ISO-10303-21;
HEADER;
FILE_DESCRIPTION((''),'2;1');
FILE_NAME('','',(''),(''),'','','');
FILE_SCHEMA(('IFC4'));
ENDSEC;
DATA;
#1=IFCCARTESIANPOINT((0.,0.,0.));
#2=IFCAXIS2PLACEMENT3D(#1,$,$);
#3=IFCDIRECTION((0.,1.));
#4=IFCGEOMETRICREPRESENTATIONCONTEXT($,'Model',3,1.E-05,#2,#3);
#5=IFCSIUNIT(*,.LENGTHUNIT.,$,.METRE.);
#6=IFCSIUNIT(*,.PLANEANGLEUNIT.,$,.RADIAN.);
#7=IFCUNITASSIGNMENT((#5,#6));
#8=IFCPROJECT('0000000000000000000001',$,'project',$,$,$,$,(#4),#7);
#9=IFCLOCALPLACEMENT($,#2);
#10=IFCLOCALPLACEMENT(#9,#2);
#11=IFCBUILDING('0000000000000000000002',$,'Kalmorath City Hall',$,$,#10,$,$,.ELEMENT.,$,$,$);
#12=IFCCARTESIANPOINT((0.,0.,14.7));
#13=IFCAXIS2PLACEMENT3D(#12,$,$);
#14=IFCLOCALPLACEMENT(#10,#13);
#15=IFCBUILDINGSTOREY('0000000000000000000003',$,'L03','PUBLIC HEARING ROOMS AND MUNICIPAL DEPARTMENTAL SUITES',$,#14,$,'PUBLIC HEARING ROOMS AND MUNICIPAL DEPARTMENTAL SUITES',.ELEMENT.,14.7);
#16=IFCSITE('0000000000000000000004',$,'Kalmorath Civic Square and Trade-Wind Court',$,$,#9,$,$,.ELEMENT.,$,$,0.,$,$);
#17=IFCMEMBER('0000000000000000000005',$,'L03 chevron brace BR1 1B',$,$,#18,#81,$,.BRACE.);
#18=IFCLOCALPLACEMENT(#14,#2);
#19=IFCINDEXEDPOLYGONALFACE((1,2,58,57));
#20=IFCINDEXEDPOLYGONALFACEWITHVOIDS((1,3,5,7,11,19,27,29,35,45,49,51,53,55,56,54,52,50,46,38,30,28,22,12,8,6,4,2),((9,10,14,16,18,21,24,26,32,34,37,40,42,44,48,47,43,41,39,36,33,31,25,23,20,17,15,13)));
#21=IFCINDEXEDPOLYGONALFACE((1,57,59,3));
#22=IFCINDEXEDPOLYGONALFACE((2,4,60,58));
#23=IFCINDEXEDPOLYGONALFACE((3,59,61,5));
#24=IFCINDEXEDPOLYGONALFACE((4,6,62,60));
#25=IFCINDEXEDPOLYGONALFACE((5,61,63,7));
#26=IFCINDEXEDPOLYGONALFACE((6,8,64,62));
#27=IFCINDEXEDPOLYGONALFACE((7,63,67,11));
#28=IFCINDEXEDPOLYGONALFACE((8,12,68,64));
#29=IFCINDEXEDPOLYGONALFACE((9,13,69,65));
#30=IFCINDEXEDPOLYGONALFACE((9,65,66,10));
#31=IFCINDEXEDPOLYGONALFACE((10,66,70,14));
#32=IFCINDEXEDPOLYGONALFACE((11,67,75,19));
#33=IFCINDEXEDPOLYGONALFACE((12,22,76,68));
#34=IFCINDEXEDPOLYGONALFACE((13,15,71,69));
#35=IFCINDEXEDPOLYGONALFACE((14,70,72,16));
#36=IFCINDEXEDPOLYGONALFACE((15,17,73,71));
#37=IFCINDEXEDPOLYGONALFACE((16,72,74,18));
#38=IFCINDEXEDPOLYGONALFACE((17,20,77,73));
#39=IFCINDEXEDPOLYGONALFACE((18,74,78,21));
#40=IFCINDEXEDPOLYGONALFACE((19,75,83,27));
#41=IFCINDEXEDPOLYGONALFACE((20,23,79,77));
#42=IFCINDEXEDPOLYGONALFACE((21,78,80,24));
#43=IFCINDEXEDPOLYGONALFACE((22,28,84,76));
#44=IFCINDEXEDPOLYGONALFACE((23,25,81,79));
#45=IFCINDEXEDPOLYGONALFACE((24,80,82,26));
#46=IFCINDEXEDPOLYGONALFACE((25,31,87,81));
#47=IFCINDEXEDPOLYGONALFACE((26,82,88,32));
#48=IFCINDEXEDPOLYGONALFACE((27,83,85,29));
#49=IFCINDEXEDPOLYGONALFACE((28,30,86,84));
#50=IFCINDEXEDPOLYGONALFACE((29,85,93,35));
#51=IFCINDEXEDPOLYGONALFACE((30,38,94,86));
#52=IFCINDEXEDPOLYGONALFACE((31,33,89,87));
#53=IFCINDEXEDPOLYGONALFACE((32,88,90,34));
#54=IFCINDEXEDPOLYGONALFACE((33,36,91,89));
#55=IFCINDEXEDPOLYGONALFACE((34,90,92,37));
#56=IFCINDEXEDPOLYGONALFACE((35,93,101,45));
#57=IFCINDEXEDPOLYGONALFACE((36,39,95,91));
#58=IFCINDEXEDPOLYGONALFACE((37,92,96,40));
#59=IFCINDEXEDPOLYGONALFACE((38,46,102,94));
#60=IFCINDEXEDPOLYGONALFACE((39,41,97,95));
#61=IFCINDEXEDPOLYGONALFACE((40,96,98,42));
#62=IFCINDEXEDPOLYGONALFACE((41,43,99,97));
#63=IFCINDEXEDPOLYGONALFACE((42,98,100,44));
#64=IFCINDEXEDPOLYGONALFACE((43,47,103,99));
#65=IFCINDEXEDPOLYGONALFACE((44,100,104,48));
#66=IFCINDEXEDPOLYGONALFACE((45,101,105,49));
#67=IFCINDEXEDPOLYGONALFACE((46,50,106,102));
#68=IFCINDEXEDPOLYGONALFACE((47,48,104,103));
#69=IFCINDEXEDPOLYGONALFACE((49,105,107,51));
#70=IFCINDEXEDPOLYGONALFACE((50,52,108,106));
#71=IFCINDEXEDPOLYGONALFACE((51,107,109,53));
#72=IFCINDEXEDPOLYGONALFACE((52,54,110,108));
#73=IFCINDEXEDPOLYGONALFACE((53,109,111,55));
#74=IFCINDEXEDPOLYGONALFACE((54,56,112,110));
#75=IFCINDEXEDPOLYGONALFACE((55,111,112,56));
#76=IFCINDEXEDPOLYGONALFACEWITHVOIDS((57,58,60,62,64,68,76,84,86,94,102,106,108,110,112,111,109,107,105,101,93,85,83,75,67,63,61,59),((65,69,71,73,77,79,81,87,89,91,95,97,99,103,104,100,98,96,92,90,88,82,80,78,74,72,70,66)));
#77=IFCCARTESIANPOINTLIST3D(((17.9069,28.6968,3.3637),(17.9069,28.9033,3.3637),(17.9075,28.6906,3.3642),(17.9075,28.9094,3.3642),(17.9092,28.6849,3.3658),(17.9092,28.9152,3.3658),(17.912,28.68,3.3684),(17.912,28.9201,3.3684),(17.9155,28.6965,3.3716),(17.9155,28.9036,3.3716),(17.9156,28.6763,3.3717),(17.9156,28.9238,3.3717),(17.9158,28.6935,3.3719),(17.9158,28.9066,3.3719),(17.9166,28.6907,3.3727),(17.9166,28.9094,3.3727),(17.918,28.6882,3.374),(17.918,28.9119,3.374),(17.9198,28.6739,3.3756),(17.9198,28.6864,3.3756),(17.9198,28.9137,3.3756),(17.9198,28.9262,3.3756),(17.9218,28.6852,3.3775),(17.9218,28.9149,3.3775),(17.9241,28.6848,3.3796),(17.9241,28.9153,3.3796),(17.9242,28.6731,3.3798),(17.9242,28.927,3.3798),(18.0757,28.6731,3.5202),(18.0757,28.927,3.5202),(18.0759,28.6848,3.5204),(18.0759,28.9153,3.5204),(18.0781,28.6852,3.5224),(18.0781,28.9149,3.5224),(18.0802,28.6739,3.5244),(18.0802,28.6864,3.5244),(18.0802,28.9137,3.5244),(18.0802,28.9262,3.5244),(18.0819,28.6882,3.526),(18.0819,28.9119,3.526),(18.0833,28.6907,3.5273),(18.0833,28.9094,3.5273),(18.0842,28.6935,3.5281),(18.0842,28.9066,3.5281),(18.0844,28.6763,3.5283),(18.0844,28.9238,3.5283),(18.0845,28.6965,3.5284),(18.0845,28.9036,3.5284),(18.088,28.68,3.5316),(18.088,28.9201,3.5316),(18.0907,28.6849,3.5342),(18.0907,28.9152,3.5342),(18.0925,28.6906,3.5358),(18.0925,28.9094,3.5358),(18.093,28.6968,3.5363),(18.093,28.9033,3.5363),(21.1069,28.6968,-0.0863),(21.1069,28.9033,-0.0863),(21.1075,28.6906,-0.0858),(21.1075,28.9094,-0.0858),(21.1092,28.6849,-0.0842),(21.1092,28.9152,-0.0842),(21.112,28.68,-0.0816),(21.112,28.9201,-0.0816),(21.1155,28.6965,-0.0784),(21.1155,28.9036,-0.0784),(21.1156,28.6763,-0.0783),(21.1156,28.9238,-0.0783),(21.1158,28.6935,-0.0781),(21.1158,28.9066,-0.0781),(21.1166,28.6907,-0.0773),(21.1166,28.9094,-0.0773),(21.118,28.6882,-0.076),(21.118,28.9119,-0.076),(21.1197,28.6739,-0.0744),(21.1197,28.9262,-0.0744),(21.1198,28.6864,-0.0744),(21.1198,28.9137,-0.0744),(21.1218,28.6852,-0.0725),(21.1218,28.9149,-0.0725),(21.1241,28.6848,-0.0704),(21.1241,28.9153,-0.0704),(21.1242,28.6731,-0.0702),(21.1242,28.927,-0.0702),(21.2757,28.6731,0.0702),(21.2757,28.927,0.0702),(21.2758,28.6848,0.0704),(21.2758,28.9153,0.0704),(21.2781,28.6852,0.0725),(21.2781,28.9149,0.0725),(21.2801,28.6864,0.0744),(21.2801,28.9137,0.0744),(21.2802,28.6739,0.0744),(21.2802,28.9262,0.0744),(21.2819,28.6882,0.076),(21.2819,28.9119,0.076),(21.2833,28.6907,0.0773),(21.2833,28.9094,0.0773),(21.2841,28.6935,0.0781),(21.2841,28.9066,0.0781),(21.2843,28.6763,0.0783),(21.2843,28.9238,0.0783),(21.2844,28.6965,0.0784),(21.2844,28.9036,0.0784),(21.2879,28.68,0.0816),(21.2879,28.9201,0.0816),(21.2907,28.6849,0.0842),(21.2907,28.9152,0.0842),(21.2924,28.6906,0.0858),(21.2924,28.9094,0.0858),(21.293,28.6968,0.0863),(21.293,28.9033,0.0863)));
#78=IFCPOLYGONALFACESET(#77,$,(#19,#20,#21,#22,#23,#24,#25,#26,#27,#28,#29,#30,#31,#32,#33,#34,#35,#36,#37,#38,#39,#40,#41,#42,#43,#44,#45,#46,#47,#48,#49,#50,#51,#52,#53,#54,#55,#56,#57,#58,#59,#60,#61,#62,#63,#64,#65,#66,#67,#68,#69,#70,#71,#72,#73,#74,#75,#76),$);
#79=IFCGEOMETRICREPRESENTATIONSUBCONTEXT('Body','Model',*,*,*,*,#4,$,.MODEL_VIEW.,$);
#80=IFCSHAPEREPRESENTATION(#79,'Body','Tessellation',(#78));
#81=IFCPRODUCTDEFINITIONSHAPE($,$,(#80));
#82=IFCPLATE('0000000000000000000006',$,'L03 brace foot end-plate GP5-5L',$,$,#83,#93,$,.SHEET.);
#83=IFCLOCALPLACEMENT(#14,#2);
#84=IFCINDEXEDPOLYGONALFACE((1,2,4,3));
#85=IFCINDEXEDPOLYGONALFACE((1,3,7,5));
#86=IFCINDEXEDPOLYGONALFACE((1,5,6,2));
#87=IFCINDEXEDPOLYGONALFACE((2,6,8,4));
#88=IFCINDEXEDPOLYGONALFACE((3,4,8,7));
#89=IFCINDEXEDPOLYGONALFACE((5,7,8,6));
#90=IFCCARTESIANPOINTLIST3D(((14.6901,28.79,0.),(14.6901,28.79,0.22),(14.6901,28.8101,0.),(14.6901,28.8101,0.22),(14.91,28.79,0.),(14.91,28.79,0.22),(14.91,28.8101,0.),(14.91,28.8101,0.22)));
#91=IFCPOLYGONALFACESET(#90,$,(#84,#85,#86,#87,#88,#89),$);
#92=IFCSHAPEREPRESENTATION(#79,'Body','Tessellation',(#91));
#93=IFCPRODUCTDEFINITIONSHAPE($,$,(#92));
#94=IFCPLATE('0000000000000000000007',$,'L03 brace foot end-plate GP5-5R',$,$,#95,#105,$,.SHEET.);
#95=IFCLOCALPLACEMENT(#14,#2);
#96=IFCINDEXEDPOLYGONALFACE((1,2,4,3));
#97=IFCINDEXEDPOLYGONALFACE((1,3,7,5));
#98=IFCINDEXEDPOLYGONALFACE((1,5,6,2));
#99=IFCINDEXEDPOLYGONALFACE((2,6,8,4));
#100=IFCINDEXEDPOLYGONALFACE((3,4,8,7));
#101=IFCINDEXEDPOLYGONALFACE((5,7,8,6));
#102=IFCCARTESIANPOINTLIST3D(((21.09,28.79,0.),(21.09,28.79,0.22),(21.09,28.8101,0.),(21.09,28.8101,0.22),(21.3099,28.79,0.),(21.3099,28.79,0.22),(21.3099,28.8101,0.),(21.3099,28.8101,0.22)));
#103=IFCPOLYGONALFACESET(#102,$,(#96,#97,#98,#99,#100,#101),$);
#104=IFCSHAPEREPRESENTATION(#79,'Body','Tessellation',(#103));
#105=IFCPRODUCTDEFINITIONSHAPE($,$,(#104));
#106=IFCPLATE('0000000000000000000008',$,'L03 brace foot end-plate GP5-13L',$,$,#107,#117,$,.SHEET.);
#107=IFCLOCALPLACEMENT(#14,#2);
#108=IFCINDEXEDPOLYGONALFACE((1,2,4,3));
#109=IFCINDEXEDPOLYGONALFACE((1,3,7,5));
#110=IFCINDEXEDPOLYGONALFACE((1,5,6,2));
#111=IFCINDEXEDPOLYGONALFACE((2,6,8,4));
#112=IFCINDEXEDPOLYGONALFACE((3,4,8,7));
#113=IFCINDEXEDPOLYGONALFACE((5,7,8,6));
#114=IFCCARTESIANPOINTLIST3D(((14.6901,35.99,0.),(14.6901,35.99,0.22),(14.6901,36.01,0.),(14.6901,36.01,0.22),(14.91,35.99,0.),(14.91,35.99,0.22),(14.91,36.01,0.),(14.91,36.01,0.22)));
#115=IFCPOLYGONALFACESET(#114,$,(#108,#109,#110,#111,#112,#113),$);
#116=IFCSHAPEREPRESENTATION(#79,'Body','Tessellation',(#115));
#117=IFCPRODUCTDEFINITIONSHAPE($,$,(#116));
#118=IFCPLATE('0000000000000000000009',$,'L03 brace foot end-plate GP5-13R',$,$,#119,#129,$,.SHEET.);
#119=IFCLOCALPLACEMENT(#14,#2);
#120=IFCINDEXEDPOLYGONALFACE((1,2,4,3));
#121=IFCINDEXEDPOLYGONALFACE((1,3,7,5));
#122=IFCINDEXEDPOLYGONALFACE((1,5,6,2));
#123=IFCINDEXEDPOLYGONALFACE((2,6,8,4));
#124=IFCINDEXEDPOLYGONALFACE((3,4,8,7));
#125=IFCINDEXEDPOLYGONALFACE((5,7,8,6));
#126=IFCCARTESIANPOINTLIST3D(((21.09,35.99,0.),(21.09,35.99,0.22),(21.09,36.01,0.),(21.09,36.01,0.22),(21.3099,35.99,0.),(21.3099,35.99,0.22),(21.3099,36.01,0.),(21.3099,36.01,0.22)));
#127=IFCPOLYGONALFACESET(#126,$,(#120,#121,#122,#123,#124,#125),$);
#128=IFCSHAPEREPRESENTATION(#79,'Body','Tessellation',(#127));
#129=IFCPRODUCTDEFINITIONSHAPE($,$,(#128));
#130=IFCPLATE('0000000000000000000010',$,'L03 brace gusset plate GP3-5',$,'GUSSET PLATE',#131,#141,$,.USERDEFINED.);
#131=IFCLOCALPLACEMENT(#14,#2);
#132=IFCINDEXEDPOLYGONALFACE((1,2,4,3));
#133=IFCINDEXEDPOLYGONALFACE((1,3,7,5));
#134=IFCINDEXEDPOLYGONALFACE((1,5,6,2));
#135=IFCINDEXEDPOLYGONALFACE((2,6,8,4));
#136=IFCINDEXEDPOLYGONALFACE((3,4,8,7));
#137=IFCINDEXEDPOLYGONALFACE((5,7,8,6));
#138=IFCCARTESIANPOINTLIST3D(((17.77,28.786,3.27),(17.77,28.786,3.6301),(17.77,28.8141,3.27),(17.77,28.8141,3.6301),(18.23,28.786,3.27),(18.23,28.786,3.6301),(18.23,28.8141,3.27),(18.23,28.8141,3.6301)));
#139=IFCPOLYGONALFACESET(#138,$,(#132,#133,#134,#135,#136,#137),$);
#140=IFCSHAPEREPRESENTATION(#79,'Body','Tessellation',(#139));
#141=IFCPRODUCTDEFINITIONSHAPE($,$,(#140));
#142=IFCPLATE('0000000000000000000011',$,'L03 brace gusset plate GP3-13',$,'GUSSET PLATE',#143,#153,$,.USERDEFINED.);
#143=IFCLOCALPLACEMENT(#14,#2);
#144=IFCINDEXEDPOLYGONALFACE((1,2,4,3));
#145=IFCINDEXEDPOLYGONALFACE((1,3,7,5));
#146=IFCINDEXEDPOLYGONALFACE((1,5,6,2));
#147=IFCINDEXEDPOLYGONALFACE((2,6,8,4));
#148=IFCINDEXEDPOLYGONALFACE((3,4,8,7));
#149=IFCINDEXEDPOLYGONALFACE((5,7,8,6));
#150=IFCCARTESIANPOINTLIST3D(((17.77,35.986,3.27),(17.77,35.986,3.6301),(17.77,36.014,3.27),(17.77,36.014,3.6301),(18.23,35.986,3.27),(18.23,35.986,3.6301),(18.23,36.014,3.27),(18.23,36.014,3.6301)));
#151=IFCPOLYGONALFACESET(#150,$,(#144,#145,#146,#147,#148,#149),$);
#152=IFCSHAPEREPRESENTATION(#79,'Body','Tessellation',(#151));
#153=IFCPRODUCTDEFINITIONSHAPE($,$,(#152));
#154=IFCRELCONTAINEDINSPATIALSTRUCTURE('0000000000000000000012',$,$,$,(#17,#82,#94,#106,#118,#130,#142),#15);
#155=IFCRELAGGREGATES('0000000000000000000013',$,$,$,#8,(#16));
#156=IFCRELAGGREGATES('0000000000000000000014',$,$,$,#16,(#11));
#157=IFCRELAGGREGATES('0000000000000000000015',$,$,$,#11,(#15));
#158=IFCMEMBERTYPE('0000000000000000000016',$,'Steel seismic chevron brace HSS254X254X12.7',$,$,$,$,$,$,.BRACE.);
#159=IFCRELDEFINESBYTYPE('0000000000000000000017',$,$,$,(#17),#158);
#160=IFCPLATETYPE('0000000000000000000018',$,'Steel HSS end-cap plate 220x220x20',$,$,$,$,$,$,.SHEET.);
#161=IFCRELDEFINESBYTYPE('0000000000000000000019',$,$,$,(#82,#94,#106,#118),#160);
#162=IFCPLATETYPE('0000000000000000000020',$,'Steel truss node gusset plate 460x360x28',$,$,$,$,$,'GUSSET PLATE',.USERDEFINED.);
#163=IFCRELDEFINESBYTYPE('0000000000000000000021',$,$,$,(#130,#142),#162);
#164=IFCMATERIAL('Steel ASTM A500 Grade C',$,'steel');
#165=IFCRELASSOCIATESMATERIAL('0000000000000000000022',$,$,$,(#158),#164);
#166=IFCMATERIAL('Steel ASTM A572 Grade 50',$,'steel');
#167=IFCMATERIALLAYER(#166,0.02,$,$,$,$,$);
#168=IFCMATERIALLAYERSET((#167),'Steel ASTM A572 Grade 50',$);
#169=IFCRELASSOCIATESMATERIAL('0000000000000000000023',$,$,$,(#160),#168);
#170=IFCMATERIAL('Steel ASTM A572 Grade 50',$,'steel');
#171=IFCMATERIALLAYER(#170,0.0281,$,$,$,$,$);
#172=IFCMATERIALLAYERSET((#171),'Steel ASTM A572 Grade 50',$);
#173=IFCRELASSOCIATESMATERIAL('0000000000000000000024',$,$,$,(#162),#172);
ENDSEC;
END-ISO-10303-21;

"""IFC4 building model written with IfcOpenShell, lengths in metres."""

from ifc_helpers import new_model, si_unit, direction, frame, origin, origin_2d, place, context, subcontext, project, spatial, rectangle, hollow_rectangle, extrude, material, layer, layer_set, material_profile, profile_set, type_object, element, save


model = new_model("IFC4")

# Units and contexts
model_context = context("Model", 3, precision=1e-05, world=origin(), true_north=direction((0.0, 1.0)))
body_context = subcontext(model_context, "Body", "Model", "MODEL_VIEW")
ifc_project = project(units=[si_unit("LENGTHUNIT", "METRE"), si_unit("PLANEANGLEUNIT", "RADIAN")], contexts=[model_context])

# Site, building, storey
site_placement = place(None, origin())
site = spatial("IfcSite", under=ifc_project, at=site_placement, Name="Kalmorath Civic Square and Trade-Wind Court", CompositionType="ELEMENT", RefElevation=0.0)
building_placement = place(site_placement, origin())
building = spatial("IfcBuilding", under=site, at=building_placement, Name="Kalmorath City Hall", CompositionType="ELEMENT")
storey_placement = place(building_placement, frame((0.0, 0.0, 14.7)))
storey = spatial("IfcBuildingStorey", under=building, at=storey_placement, Name="L03", Description="PUBLIC HEARING ROOMS AND MUNICIPAL DEPARTMENTAL SUITES", LongName="PUBLIC HEARING ROOMS AND MUNICIPAL DEPARTMENTAL SUITES", CompositionType="ELEMENT", Elevation=14.7)

# Member
ifc_material_1 = material(Name="Steel ASTM A500 Grade C", Category="steel")
ifc_material_profile_1 = material_profile(ifc_material_1, hollow_rectangle(XDim=0.2539, YDim=0.2539, WallThickness=0.0117, InnerFilletRadius=0.0117, OuterFilletRadius=0.0237, at=origin_2d()), Name="HSS254X254X12.7")
ifc_profile_set_1 = profile_set([ifc_material_profile_1], Name="Steel ASTM A500 Grade C")
member_type_1 = type_object("IfcMemberType", Name="Steel seismic chevron brace HSS254X254X12.7", PredefinedType="BRACE", material=ifc_profile_set_1)
for number, where, z_axis, x_axis, name in (
    (1, (21.2, 28.8, 0.0), (-0.680043, 0.0, 0.733172), (0.0, -1.0, 0.0), "L03 chevron brace BR1 1B"),
):
    element("IfcMember", number, at=place(storey_placement, frame(where, z_axis=z_axis, x_axis=x_axis)), inside=storey, type_object=member_type_1, Name=name, PredefinedType="BRACE", context=body_context, shape_type="SweptSolid", body=[
        extrude(hollow_rectangle(XDim=0.2539, YDim=0.2539, WallThickness=0.0117, InnerFilletRadius=0.0117, OuterFilletRadius=0.0237, at=origin_2d()), origin(), (0.0, 0.0, 1.0), 4.7056),
    ])

# Plates
ifc_material_2 = material(Name="Steel ASTM A572 Grade 50", Category="steel")
ifc_layer_1 = layer(ifc_material_2, 0.02)
ifc_layer_set_1 = layer_set([ifc_layer_1], Name="Steel ASTM A572 Grade 50")
plate_type_1 = type_object("IfcPlateType", Name="Steel HSS end-cap plate 220x220x20", PredefinedType="SHEET", material=ifc_layer_set_1)
for number, where, z_axis, x_axis, name in (
    (2, (14.8, 28.8, 0.0), (0.0, 0.0, 1.0), (1.0, 0.0, 0.0), "L03 brace foot end-plate GP5-5L"),
    (3, (21.2, 28.8, 0.0), (0.0, 0.0, 1.0), (1.0, 0.0, 0.0), "L03 brace foot end-plate GP5-5R"),
    (4, (14.8, 36.0, 0.0), (0.0, 0.0, 1.0), (1.0, 0.0, 0.0), "L03 brace foot end-plate GP5-13L"),
    (5, (21.2, 36.0, 0.0), (0.0, 0.0, 1.0), (1.0, 0.0, 0.0), "L03 brace foot end-plate GP5-13R"),
):
    element("IfcPlate", number, at=place(storey_placement, frame(where, z_axis=z_axis, x_axis=x_axis)), inside=storey, type_object=plate_type_1, Name=name, PredefinedType="SHEET", context=body_context, shape_type="SweptSolid", body=[
        extrude(rectangle(XDim=0.22, YDim=0.02, at=origin_2d()), origin(), (0.0, 0.0, 1.0), 0.22),
    ])
ifc_material_3 = material(Name="Steel ASTM A572 Grade 50", Category="steel")
ifc_layer_2 = layer(ifc_material_3, 0.0281)
ifc_layer_set_2 = layer_set([ifc_layer_2], Name="Steel ASTM A572 Grade 50")
plate_type_2 = type_object("IfcPlateType", Name="Steel truss node gusset plate 460x360x28", ElementType="GUSSET PLATE", PredefinedType="USERDEFINED", material=ifc_layer_set_2)
for number, where, z_axis, x_axis, name in (
    (6, (18.0, 28.8, 3.27), (0.0, 0.0, 1.0), (1.0, 0.0, 0.0), "L03 brace gusset plate GP3-5"),
    (7, (18.0, 36.0, 3.27), (0.0, 0.0, 1.0), (1.0, 0.0, 0.0), "L03 brace gusset plate GP3-13"),
):
    element("IfcPlate", number, at=place(storey_placement, frame(where, z_axis=z_axis, x_axis=x_axis)), inside=storey, type_object=plate_type_2, Name=name, ObjectType="GUSSET PLATE", PredefinedType="USERDEFINED", context=body_context, shape_type="SweptSolid", body=[
        extrude(rectangle(XDim=0.46, YDim=0.0281, at=origin_2d()), origin(), (0.0, 0.0, 1.0), 0.3601),
    ])

save(model, "model.ifc")
